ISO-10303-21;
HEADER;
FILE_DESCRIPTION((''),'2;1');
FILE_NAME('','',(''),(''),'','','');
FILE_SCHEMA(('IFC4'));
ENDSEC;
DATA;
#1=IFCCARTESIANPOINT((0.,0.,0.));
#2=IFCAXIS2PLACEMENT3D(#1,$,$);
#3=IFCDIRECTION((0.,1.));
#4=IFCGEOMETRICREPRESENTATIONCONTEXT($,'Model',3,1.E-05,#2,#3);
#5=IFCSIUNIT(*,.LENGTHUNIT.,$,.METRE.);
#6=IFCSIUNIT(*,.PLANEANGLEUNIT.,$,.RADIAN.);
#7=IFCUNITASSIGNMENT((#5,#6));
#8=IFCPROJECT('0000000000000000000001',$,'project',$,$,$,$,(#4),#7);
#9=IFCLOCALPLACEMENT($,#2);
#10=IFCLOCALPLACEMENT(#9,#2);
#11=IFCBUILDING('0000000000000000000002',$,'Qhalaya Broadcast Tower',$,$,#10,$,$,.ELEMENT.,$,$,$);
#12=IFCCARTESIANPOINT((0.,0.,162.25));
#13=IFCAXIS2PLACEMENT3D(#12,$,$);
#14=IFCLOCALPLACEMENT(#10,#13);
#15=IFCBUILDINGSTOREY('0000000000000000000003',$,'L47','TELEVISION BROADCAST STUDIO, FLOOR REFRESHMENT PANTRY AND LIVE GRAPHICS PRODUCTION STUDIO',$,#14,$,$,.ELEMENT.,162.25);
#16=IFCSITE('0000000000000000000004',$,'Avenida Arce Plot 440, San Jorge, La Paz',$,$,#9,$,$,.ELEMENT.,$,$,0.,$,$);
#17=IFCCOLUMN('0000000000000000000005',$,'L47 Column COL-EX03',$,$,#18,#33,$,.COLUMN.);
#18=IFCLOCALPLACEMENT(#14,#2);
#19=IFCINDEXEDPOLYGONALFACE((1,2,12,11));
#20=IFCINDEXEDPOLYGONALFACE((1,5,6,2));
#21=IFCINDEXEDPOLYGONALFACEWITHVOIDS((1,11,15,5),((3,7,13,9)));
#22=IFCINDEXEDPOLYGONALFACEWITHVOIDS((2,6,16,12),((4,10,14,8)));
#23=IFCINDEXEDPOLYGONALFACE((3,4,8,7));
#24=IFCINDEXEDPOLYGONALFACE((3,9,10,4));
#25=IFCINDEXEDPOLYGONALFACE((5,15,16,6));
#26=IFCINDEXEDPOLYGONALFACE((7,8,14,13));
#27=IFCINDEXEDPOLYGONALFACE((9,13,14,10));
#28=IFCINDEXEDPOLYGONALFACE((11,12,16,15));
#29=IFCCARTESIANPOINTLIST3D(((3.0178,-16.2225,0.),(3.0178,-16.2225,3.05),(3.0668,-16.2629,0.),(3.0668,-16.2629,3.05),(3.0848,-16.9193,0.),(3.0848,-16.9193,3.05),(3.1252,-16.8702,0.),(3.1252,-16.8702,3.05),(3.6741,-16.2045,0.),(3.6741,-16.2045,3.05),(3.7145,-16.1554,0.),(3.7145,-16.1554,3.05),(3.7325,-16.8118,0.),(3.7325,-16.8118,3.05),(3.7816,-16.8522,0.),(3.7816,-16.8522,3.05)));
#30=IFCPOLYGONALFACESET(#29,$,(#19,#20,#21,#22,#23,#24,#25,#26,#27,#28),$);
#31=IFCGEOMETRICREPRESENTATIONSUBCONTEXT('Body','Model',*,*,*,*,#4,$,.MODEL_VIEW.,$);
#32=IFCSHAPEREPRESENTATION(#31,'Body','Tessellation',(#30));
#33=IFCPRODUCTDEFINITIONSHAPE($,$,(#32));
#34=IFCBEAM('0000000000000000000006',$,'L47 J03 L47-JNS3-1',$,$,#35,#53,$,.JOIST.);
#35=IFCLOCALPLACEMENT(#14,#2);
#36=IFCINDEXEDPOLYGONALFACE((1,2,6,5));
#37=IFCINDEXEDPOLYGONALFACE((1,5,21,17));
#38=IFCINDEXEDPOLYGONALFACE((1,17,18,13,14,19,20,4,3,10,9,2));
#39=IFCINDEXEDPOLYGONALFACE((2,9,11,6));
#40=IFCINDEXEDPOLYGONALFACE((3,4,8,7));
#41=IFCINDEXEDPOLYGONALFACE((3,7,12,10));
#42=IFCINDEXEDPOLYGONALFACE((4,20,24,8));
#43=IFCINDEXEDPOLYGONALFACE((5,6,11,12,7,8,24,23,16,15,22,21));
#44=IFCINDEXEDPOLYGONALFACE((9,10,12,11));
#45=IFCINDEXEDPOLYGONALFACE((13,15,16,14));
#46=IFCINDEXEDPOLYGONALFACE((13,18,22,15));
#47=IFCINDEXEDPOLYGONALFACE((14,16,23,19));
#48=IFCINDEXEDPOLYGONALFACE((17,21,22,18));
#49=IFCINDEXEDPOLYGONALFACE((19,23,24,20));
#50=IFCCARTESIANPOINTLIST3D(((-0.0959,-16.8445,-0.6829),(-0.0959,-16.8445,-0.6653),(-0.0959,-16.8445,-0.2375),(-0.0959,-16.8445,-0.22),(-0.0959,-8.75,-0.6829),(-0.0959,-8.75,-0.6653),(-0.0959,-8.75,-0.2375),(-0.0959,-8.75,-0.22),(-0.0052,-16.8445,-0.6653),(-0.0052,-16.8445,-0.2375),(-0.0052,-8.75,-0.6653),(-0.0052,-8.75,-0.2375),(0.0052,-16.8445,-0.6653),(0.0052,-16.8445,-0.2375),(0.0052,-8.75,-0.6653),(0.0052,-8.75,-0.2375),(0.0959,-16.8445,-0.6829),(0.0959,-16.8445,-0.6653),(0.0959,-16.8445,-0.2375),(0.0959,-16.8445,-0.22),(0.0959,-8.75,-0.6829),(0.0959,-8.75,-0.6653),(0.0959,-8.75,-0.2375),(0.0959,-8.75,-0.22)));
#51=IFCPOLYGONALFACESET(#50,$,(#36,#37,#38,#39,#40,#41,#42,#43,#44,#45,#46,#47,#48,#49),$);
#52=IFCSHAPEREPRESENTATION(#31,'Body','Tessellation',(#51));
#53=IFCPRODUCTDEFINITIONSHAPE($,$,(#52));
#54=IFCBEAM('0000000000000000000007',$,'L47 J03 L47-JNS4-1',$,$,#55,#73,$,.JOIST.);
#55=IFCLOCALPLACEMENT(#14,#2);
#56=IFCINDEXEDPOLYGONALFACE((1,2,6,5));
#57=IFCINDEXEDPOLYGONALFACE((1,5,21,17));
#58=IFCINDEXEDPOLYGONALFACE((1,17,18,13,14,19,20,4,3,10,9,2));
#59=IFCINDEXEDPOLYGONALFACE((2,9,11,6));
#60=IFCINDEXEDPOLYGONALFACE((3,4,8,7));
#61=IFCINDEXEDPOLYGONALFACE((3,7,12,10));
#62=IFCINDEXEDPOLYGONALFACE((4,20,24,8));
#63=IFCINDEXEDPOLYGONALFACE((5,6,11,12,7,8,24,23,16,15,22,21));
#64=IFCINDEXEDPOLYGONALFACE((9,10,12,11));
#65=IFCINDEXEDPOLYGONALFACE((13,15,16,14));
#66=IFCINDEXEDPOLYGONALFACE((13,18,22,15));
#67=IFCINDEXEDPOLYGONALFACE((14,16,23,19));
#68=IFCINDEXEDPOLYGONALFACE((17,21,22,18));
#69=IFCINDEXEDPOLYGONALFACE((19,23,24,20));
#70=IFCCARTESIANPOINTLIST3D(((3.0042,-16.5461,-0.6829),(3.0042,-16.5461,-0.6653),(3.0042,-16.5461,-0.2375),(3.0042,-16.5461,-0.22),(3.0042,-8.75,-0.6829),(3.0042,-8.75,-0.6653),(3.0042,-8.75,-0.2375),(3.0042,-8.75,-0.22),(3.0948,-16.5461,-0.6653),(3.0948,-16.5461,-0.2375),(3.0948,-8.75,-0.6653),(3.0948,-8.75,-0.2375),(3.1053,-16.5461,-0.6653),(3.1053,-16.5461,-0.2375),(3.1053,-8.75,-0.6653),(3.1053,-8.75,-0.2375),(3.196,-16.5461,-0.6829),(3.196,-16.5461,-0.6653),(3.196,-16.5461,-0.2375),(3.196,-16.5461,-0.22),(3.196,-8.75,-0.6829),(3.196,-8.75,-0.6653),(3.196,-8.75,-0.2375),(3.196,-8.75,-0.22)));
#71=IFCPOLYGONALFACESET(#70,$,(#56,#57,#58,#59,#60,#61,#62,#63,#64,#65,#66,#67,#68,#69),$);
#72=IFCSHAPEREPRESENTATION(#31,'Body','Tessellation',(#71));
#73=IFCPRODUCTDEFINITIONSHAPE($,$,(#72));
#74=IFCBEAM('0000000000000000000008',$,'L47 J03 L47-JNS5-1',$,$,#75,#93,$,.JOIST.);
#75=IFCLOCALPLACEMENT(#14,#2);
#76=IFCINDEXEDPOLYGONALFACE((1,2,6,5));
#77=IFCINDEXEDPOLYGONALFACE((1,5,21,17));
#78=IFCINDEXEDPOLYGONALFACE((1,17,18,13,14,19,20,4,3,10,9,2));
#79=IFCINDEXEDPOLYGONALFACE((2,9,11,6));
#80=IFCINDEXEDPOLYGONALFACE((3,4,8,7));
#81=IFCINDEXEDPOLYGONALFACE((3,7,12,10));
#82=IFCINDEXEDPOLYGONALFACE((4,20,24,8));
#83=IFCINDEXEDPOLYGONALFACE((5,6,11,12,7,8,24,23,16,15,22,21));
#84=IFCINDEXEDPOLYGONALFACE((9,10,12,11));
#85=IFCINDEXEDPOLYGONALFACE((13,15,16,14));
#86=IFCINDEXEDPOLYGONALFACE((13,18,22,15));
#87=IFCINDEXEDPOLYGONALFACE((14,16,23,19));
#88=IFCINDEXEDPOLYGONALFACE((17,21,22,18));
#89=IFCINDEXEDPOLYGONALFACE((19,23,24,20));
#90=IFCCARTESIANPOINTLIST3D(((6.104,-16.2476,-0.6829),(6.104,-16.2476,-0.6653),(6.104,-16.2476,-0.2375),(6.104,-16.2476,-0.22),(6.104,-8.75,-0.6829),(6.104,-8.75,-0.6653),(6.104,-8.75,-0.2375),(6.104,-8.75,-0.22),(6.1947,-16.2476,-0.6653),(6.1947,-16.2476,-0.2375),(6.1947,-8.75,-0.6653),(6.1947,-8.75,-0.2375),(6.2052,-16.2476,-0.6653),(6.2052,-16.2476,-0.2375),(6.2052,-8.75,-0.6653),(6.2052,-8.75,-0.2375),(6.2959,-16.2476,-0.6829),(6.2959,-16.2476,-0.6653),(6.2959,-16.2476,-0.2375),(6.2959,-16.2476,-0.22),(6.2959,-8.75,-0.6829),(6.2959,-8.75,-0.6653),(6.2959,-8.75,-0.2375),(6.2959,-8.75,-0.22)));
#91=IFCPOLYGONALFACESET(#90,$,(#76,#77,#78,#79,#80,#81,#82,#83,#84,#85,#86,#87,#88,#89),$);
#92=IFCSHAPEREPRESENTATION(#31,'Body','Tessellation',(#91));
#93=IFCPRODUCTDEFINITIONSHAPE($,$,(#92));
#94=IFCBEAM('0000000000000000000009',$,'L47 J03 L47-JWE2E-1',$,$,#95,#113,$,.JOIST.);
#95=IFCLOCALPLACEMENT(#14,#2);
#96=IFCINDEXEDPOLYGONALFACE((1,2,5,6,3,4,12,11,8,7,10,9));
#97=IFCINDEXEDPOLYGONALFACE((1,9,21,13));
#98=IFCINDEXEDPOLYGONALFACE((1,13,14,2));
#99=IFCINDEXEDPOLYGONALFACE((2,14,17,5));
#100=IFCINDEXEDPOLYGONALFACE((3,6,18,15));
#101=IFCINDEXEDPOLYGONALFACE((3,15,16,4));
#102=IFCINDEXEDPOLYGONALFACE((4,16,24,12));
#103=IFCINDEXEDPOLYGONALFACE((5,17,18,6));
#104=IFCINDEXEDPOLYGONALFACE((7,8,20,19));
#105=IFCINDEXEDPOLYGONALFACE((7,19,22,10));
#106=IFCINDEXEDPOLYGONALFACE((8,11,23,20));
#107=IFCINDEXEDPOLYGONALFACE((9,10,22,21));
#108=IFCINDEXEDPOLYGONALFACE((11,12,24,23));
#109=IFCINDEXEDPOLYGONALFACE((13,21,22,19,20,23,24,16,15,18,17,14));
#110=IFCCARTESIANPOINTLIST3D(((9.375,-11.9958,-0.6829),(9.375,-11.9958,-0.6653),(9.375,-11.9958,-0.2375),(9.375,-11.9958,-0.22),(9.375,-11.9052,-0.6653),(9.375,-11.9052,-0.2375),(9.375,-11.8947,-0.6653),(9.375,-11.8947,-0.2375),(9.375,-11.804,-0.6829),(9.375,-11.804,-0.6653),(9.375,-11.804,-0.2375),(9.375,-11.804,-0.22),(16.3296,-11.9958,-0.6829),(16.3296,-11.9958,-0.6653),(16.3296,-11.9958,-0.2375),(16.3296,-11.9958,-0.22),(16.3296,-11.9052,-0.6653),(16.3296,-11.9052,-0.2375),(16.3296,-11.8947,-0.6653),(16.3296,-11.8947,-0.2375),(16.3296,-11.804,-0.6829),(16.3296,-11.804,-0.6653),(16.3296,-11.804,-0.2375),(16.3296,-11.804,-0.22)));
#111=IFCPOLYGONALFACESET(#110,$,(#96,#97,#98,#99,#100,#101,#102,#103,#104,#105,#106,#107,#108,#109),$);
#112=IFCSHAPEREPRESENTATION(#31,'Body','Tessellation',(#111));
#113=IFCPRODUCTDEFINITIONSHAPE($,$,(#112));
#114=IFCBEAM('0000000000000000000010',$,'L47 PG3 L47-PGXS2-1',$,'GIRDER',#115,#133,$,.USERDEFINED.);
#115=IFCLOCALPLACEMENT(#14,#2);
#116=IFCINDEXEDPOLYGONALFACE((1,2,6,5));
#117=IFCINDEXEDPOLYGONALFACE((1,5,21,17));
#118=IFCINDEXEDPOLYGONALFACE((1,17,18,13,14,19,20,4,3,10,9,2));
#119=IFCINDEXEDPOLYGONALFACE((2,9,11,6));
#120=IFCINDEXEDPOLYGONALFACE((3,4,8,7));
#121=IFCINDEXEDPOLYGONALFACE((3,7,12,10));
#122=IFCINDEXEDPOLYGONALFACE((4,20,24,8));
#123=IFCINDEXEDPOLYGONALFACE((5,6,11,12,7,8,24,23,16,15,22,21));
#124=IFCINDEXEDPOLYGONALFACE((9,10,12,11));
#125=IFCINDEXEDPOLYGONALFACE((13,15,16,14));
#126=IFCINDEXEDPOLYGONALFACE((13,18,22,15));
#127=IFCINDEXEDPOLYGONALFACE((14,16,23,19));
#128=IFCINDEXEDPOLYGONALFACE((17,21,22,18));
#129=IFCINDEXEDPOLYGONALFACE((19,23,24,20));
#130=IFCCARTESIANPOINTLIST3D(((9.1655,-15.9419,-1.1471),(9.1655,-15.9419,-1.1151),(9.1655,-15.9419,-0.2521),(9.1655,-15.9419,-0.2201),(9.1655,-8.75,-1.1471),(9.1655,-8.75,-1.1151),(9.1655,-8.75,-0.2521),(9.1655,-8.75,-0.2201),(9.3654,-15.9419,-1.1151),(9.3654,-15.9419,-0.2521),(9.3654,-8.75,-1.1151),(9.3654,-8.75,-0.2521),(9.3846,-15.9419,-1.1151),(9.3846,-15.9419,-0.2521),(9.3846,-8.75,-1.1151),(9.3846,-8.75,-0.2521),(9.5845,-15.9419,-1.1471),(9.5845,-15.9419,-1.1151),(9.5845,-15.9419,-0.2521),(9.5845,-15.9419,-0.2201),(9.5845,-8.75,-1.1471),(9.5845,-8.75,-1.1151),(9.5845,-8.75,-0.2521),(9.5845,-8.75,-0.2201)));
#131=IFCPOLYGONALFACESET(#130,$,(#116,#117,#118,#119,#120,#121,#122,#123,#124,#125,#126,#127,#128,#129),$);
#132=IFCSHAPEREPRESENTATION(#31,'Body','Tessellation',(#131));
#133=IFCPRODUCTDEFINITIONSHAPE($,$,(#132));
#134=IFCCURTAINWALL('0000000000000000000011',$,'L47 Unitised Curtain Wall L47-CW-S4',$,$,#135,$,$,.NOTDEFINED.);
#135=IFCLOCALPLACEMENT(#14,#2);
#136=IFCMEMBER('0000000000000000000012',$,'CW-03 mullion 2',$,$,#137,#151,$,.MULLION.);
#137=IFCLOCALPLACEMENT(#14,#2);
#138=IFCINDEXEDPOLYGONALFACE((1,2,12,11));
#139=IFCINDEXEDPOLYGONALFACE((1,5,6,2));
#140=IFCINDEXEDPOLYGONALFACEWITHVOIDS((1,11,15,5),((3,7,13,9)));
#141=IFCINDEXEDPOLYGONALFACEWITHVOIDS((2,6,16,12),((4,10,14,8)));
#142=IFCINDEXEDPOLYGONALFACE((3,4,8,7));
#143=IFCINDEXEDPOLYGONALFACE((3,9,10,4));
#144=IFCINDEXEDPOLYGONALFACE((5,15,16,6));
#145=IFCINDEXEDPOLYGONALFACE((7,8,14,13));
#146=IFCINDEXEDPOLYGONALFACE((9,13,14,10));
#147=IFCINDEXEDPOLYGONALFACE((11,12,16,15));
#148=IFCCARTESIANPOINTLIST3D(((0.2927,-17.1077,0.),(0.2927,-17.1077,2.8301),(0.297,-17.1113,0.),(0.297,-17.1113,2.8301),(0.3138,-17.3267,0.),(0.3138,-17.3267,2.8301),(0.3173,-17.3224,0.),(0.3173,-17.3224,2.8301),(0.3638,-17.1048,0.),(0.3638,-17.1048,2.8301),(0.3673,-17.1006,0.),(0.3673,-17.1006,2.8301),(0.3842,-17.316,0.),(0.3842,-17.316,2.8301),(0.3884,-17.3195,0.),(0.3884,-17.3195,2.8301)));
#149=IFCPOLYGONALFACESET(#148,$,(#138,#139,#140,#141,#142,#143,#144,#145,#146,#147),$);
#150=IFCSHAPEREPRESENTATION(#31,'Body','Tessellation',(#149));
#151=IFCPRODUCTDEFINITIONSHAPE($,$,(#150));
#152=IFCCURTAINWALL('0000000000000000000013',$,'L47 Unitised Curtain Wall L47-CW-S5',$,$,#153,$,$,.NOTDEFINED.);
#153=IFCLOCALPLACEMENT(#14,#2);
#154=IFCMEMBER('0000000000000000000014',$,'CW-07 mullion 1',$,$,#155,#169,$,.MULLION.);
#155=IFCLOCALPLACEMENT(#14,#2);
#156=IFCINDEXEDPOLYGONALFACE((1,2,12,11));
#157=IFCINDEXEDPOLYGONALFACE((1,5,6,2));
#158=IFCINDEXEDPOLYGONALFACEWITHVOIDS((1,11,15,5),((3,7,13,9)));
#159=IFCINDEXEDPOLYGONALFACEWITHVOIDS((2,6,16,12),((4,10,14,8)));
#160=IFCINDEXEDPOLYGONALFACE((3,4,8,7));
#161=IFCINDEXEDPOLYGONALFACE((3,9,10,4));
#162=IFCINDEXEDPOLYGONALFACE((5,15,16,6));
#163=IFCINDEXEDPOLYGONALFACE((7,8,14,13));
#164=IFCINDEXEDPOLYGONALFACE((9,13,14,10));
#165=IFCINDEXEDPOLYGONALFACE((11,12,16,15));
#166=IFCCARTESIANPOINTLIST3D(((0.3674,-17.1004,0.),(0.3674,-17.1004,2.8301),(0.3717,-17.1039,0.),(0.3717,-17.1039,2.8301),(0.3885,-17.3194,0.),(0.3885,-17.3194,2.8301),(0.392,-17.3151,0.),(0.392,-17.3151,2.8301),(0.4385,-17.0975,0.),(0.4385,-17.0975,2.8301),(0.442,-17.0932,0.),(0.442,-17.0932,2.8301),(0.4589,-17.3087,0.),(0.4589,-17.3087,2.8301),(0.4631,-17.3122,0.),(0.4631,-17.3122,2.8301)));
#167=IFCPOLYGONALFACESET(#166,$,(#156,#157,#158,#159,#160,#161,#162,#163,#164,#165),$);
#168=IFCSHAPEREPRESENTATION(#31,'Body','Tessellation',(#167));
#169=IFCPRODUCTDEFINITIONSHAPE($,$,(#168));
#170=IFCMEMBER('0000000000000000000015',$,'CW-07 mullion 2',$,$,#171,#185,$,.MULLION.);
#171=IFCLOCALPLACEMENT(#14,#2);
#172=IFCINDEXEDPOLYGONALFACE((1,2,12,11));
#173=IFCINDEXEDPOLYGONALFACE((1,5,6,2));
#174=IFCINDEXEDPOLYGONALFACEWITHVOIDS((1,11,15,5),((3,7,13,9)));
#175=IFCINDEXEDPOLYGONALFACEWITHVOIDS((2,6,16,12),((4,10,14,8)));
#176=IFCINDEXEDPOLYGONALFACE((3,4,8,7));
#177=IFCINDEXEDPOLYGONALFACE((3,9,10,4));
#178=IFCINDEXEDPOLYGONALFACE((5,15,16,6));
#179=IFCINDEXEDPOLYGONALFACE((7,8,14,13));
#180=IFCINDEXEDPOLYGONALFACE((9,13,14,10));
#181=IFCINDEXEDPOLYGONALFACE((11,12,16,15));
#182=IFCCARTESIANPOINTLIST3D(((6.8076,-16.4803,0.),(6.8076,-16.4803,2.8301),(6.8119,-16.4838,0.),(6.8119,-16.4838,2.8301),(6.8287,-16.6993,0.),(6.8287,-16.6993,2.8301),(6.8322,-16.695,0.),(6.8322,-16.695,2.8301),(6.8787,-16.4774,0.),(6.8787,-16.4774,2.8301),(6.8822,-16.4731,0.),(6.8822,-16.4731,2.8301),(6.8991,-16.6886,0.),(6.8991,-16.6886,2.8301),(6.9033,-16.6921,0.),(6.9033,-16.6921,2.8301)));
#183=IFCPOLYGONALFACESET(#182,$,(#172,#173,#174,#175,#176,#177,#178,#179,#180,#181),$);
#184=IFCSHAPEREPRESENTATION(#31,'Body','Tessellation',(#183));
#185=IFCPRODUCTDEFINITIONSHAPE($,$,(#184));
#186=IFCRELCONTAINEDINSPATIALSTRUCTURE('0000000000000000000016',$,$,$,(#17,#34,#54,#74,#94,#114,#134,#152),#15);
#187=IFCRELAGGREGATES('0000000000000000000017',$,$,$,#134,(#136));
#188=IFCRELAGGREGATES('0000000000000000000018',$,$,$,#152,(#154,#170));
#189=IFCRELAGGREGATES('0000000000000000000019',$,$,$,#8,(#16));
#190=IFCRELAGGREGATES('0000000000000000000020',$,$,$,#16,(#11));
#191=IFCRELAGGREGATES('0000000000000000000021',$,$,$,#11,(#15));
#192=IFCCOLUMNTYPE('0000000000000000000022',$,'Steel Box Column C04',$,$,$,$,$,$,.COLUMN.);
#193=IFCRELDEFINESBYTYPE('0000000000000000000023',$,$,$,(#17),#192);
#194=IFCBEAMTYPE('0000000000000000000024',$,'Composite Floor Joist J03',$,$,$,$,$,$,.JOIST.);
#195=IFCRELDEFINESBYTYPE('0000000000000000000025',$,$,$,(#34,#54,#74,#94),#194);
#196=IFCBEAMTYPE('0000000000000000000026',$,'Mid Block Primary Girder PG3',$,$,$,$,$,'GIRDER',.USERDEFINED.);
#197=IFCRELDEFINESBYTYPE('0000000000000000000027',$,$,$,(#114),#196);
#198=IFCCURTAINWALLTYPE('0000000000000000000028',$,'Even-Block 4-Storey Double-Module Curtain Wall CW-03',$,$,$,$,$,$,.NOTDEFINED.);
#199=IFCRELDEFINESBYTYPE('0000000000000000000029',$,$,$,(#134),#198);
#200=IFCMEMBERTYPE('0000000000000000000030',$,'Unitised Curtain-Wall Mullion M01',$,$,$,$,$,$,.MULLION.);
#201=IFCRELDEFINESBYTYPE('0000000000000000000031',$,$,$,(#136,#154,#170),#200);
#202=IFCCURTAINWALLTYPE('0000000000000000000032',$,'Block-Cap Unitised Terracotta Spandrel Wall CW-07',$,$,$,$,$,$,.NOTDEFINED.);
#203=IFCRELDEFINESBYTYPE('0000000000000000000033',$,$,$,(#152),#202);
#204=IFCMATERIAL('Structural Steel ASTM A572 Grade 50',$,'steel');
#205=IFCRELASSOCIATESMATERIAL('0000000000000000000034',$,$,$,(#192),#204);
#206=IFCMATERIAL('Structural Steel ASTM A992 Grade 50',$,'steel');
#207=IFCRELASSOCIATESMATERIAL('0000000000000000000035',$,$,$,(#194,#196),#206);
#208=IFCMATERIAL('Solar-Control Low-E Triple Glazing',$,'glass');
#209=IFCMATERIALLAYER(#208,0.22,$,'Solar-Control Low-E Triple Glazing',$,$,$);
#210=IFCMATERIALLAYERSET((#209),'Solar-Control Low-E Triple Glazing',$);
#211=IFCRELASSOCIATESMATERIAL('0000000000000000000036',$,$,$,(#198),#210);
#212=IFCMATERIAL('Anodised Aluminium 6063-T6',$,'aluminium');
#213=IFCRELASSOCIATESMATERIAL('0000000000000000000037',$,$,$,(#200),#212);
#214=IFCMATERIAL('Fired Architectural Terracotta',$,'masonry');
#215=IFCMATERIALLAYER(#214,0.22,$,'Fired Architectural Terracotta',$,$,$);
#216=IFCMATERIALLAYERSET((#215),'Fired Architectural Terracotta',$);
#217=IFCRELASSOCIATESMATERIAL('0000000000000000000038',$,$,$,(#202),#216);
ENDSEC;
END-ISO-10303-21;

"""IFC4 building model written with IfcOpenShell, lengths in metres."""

from ifc_helpers import new_model, si_unit, direction, frame, origin, origin_2d, place, context, subcontext, project, spatial, hollow_rectangle, i_section, extrude, material, layer, layer_set, material_profile, profile_set, type_object, element, aggregate, save


model = new_model("IFC4")

# Units and contexts
model_context = context("Model", 3, precision=1e-05, world=origin(), true_north=direction((0.0, 1.0)))
body_context = subcontext(model_context, "Body", "Model", "MODEL_VIEW")
ifc_project = project(units=[si_unit("LENGTHUNIT", "METRE"), si_unit("PLANEANGLEUNIT", "RADIAN")], contexts=[model_context])

# Site, building, storey
site_placement = place(None, origin())
site = spatial("IfcSite", under=ifc_project, at=site_placement, Name="Avenida Arce Plot 440, San Jorge, La Paz", CompositionType="ELEMENT", RefElevation=0.0)
building_placement = place(site_placement, origin())
building = spatial("IfcBuilding", under=site, at=building_placement, Name="Qhalaya Broadcast Tower", CompositionType="ELEMENT")
storey_placement = place(building_placement, frame((0.0, 0.0, 162.25)))
storey = spatial("IfcBuildingStorey", under=building, at=storey_placement, Name="L47", Description="TELEVISION BROADCAST STUDIO, FLOOR REFRESHMENT PANTRY AND LIVE GRAPHICS PRODUCTION STUDIO", CompositionType="ELEMENT", Elevation=162.25)

# Column
ifc_material_1 = material(Name="Structural Steel ASTM A572 Grade 50", Category="steel")
ifc_material_profile_1 = material_profile(ifc_material_1, hollow_rectangle(XDim=0.7, YDim=0.7, WallThickness=0.0449, at=origin_2d()), Name="BOX 700x700x45")
ifc_profile_set_1 = profile_set([ifc_material_profile_1], Name="Structural Steel ASTM A572 Grade 50")
column_type = type_object("IfcColumnType", Name="Steel Box Column C04", PredefinedType="COLUMN", material=ifc_profile_set_1)
column_placement = place(storey_placement, frame((3.3997, -16.5374, 0.0), z_axis=(0.0, 0.0, 1.0), x_axis=(0.995396, 0.095846, 0.0)))
element("IfcColumn", 1, at=column_placement, inside=storey, type_object=column_type, Name="L47 Column COL-EX03", PredefinedType="COLUMN", context=body_context, shape_type="SweptSolid", body=[
    extrude(hollow_rectangle(XDim=0.7, YDim=0.7, WallThickness=0.0449, at=origin_2d()), origin(), (0.0, 0.0, 1.0), 3.05),
])

# Beams
ifc_material_2 = material(Name="Structural Steel ASTM A992 Grade 50", Category="steel")
ifc_material_profile_2 = material_profile(ifc_material_2, i_section(OverallWidth=0.1919, OverallDepth=0.4629, WebThickness=0.0105, FlangeThickness=0.0176, at=origin_2d()), Name="W18X60")
ifc_profile_set_2 = profile_set([ifc_material_profile_2], Name="Structural Steel ASTM A992 Grade 50")
beam_type_1 = type_object("IfcBeamType", Name="Composite Floor Joist J03", PredefinedType="JOIST", material=ifc_profile_set_2)
beam_1_placement = place(storey_placement, frame((0.0, -16.8445, -0.4514), z_axis=(0.0, 1.0, 0.0), x_axis=(-1.0, 0.0, 0.0)))
element("IfcBeam", 2, at=beam_1_placement, inside=storey, type_object=beam_type_1, Name="L47 J03 L47-JNS3-1", PredefinedType="JOIST", context=body_context, shape_type="SweptSolid", body=[
    extrude(i_section(OverallWidth=0.1919, OverallDepth=0.4629, WebThickness=0.0105, FlangeThickness=0.0176, at=origin_2d()), origin(), (0.0, 0.0, 1.0), 8.0945),
])
beam_2_placement = place(storey_placement, frame((3.1001, -16.5461, -0.4514), z_axis=(0.0, 1.0, 0.0), x_axis=(-1.0, 0.0, 0.0)))
element("IfcBeam", 3, at=beam_2_placement, inside=storey, type_object=beam_type_1, Name="L47 J03 L47-JNS4-1", PredefinedType="JOIST", context=body_context, shape_type="SweptSolid", body=[
    extrude(i_section(OverallWidth=0.1919, OverallDepth=0.4629, WebThickness=0.0105, FlangeThickness=0.0176, at=origin_2d()), origin(), (0.0, 0.0, 1.0), 7.7961),
])
beam_3_placement = place(storey_placement, frame((6.2, -16.2476, -0.4514), z_axis=(0.0, 1.0, 0.0), x_axis=(-1.0, 0.0, 0.0)))
element("IfcBeam", 4, at=beam_3_placement, inside=storey, type_object=beam_type_1, Name="L47 J03 L47-JNS5-1", PredefinedType="JOIST", context=body_context, shape_type="SweptSolid", body=[
    extrude(i_section(OverallWidth=0.1919, OverallDepth=0.4629, WebThickness=0.0105, FlangeThickness=0.0176, at=origin_2d()), origin(), (0.0, 0.0, 1.0), 7.4976),
])
beam_4_placement = place(storey_placement, frame((9.375, -11.8999, -0.4514), z_axis=(1.0, 0.0, 0.0), x_axis=(0.0, 1.0, 0.0)))
element("IfcBeam", 5, at=beam_4_placement, inside=storey, type_object=beam_type_1, Name="L47 J03 L47-JWE2E-1", PredefinedType="JOIST", context=body_context, shape_type="SweptSolid", body=[
    extrude(i_section(OverallWidth=0.1919, OverallDepth=0.4629, WebThickness=0.0105, FlangeThickness=0.0176, at=origin_2d()), origin(), (0.0, 0.0, 1.0), 6.9546),
])
ifc_material_profile_3 = material_profile(ifc_material_2, i_section(OverallWidth=0.4189, OverallDepth=0.927, WebThickness=0.0193, FlangeThickness=0.032, at=origin_2d()), Name="W36X231")
ifc_profile_set_3 = profile_set([ifc_material_profile_3], Name="Structural Steel ASTM A992 Grade 50")
beam_type_2 = type_object("IfcBeamType", Name="Mid Block Primary Girder PG3", ElementType="GIRDER", PredefinedType="USERDEFINED", material=ifc_profile_set_3)
beam_5_placement = place(storey_placement, frame((9.375, -15.9419, -0.6836), z_axis=(0.0, 1.0, 0.0), x_axis=(-1.0, 0.0, 0.0)))
element("IfcBeam", 6, at=beam_5_placement, inside=storey, type_object=beam_type_2, Name="L47 PG3 L47-PGXS2-1", ObjectType="GIRDER", PredefinedType="USERDEFINED", context=body_context, shape_type="SweptSolid", body=[
    extrude(i_section(OverallWidth=0.4189, OverallDepth=0.927, WebThickness=0.0193, FlangeThickness=0.032, at=origin_2d()), origin(), (0.0, 0.0, 1.0), 7.1919),
])

# Curtain wall, member
ifc_material_3 = material(Name="Solar-Control Low-E Triple Glazing", Category="glass")
ifc_layer_1 = layer(ifc_material_3, 0.22, Name="Solar-Control Low-E Triple Glazing")
ifc_layer_set_1 = layer_set([ifc_layer_1], Name="Solar-Control Low-E Triple Glazing")
curtain_wall_type_1 = type_object("IfcCurtainWallType", Name="Even-Block 4-Storey Double-Module Curtain Wall CW-03", PredefinedType="NOTDEFINED", material=ifc_layer_set_1)
curtain_wall_1_placement = place(storey_placement, origin())
curtain_wall_1 = element("IfcCurtainWall", 7, at=curtain_wall_1_placement, inside=storey, type_object=curtain_wall_type_1, Name="L47 Unitised Curtain Wall L47-CW-S4", PredefinedType="NOTDEFINED")
ifc_material_4 = material(Name="Anodised Aluminium 6063-T6", Category="aluminium")
ifc_material_profile_4 = material_profile(ifc_material_4, hollow_rectangle(XDim=0.075, YDim=0.22, WallThickness=0.0039, at=origin_2d()), Name="ALU-MUL 75x220x4")
ifc_profile_set_4 = profile_set([ifc_material_profile_4], Name="Anodised Aluminium 6063-T6")
member_type_1 = type_object("IfcMemberType", Name="Unitised Curtain-Wall Mullion M01", PredefinedType="MULLION", material=ifc_profile_set_4)
member_1_placement = place(storey_placement, frame((0.3406, -17.2136, 0.0), z_axis=(0.0, 0.0, 1.0), x_axis=(0.995394, 0.095866, 0.0)))
member_1 = element("IfcMember", 8, at=member_1_placement, type_object=member_type_1, Name="CW-03 mullion 2", PredefinedType="MULLION", context=body_context, shape_type="SweptSolid", body=[
    extrude(hollow_rectangle(XDim=0.075, YDim=0.22, WallThickness=0.0039, at=origin_2d()), origin(), (0.0, 0.0, 1.0), 2.8301),
])
aggregate(curtain_wall_1, [member_1])

# Curtain wall, members
ifc_material_5 = material(Name="Fired Architectural Terracotta", Category="masonry")
ifc_layer_2 = layer(ifc_material_5, 0.22, Name="Fired Architectural Terracotta")
ifc_layer_set_2 = layer_set([ifc_layer_2], Name="Fired Architectural Terracotta")
curtain_wall_type_2 = type_object("IfcCurtainWallType", Name="Block-Cap Unitised Terracotta Spandrel Wall CW-07", PredefinedType="NOTDEFINED", material=ifc_layer_set_2)
curtain_wall_2_placement = place(storey_placement, origin())
curtain_wall_2 = element("IfcCurtainWall", 9, at=curtain_wall_2_placement, inside=storey, type_object=curtain_wall_type_2, Name="L47 Unitised Curtain Wall L47-CW-S5", PredefinedType="NOTDEFINED")
member_2_placement = place(storey_placement, frame((0.4153, -17.2063, 0.0), z_axis=(0.0, 0.0, 1.0), x_axis=(0.995396, 0.095845, 0.0)))
member_2 = element("IfcMember", 10, at=member_2_placement, type_object=member_type_1, Name="CW-07 mullion 1", PredefinedType="MULLION", context=body_context, shape_type="SweptSolid", body=[
    extrude(hollow_rectangle(XDim=0.075, YDim=0.22, WallThickness=0.0039, at=origin_2d()), origin(), (0.0, 0.0, 1.0), 2.8301),
])
member_3_placement = place(storey_placement, frame((6.8555, -16.5862, 0.0), z_axis=(0.0, 0.0, 1.0), x_axis=(0.995396, 0.095845, 0.0)))
member_3 = element("IfcMember", 11, at=member_3_placement, type_object=member_type_1, Name="CW-07 mullion 2", PredefinedType="MULLION", context=body_context, shape_type="SweptSolid", body=[
    extrude(hollow_rectangle(XDim=0.075, YDim=0.22, WallThickness=0.0039, at=origin_2d()), origin(), (0.0, 0.0, 1.0), 2.8301),
])

aggregate(curtain_wall_2, [member_2, member_3])

save(model, "model.ifc")
